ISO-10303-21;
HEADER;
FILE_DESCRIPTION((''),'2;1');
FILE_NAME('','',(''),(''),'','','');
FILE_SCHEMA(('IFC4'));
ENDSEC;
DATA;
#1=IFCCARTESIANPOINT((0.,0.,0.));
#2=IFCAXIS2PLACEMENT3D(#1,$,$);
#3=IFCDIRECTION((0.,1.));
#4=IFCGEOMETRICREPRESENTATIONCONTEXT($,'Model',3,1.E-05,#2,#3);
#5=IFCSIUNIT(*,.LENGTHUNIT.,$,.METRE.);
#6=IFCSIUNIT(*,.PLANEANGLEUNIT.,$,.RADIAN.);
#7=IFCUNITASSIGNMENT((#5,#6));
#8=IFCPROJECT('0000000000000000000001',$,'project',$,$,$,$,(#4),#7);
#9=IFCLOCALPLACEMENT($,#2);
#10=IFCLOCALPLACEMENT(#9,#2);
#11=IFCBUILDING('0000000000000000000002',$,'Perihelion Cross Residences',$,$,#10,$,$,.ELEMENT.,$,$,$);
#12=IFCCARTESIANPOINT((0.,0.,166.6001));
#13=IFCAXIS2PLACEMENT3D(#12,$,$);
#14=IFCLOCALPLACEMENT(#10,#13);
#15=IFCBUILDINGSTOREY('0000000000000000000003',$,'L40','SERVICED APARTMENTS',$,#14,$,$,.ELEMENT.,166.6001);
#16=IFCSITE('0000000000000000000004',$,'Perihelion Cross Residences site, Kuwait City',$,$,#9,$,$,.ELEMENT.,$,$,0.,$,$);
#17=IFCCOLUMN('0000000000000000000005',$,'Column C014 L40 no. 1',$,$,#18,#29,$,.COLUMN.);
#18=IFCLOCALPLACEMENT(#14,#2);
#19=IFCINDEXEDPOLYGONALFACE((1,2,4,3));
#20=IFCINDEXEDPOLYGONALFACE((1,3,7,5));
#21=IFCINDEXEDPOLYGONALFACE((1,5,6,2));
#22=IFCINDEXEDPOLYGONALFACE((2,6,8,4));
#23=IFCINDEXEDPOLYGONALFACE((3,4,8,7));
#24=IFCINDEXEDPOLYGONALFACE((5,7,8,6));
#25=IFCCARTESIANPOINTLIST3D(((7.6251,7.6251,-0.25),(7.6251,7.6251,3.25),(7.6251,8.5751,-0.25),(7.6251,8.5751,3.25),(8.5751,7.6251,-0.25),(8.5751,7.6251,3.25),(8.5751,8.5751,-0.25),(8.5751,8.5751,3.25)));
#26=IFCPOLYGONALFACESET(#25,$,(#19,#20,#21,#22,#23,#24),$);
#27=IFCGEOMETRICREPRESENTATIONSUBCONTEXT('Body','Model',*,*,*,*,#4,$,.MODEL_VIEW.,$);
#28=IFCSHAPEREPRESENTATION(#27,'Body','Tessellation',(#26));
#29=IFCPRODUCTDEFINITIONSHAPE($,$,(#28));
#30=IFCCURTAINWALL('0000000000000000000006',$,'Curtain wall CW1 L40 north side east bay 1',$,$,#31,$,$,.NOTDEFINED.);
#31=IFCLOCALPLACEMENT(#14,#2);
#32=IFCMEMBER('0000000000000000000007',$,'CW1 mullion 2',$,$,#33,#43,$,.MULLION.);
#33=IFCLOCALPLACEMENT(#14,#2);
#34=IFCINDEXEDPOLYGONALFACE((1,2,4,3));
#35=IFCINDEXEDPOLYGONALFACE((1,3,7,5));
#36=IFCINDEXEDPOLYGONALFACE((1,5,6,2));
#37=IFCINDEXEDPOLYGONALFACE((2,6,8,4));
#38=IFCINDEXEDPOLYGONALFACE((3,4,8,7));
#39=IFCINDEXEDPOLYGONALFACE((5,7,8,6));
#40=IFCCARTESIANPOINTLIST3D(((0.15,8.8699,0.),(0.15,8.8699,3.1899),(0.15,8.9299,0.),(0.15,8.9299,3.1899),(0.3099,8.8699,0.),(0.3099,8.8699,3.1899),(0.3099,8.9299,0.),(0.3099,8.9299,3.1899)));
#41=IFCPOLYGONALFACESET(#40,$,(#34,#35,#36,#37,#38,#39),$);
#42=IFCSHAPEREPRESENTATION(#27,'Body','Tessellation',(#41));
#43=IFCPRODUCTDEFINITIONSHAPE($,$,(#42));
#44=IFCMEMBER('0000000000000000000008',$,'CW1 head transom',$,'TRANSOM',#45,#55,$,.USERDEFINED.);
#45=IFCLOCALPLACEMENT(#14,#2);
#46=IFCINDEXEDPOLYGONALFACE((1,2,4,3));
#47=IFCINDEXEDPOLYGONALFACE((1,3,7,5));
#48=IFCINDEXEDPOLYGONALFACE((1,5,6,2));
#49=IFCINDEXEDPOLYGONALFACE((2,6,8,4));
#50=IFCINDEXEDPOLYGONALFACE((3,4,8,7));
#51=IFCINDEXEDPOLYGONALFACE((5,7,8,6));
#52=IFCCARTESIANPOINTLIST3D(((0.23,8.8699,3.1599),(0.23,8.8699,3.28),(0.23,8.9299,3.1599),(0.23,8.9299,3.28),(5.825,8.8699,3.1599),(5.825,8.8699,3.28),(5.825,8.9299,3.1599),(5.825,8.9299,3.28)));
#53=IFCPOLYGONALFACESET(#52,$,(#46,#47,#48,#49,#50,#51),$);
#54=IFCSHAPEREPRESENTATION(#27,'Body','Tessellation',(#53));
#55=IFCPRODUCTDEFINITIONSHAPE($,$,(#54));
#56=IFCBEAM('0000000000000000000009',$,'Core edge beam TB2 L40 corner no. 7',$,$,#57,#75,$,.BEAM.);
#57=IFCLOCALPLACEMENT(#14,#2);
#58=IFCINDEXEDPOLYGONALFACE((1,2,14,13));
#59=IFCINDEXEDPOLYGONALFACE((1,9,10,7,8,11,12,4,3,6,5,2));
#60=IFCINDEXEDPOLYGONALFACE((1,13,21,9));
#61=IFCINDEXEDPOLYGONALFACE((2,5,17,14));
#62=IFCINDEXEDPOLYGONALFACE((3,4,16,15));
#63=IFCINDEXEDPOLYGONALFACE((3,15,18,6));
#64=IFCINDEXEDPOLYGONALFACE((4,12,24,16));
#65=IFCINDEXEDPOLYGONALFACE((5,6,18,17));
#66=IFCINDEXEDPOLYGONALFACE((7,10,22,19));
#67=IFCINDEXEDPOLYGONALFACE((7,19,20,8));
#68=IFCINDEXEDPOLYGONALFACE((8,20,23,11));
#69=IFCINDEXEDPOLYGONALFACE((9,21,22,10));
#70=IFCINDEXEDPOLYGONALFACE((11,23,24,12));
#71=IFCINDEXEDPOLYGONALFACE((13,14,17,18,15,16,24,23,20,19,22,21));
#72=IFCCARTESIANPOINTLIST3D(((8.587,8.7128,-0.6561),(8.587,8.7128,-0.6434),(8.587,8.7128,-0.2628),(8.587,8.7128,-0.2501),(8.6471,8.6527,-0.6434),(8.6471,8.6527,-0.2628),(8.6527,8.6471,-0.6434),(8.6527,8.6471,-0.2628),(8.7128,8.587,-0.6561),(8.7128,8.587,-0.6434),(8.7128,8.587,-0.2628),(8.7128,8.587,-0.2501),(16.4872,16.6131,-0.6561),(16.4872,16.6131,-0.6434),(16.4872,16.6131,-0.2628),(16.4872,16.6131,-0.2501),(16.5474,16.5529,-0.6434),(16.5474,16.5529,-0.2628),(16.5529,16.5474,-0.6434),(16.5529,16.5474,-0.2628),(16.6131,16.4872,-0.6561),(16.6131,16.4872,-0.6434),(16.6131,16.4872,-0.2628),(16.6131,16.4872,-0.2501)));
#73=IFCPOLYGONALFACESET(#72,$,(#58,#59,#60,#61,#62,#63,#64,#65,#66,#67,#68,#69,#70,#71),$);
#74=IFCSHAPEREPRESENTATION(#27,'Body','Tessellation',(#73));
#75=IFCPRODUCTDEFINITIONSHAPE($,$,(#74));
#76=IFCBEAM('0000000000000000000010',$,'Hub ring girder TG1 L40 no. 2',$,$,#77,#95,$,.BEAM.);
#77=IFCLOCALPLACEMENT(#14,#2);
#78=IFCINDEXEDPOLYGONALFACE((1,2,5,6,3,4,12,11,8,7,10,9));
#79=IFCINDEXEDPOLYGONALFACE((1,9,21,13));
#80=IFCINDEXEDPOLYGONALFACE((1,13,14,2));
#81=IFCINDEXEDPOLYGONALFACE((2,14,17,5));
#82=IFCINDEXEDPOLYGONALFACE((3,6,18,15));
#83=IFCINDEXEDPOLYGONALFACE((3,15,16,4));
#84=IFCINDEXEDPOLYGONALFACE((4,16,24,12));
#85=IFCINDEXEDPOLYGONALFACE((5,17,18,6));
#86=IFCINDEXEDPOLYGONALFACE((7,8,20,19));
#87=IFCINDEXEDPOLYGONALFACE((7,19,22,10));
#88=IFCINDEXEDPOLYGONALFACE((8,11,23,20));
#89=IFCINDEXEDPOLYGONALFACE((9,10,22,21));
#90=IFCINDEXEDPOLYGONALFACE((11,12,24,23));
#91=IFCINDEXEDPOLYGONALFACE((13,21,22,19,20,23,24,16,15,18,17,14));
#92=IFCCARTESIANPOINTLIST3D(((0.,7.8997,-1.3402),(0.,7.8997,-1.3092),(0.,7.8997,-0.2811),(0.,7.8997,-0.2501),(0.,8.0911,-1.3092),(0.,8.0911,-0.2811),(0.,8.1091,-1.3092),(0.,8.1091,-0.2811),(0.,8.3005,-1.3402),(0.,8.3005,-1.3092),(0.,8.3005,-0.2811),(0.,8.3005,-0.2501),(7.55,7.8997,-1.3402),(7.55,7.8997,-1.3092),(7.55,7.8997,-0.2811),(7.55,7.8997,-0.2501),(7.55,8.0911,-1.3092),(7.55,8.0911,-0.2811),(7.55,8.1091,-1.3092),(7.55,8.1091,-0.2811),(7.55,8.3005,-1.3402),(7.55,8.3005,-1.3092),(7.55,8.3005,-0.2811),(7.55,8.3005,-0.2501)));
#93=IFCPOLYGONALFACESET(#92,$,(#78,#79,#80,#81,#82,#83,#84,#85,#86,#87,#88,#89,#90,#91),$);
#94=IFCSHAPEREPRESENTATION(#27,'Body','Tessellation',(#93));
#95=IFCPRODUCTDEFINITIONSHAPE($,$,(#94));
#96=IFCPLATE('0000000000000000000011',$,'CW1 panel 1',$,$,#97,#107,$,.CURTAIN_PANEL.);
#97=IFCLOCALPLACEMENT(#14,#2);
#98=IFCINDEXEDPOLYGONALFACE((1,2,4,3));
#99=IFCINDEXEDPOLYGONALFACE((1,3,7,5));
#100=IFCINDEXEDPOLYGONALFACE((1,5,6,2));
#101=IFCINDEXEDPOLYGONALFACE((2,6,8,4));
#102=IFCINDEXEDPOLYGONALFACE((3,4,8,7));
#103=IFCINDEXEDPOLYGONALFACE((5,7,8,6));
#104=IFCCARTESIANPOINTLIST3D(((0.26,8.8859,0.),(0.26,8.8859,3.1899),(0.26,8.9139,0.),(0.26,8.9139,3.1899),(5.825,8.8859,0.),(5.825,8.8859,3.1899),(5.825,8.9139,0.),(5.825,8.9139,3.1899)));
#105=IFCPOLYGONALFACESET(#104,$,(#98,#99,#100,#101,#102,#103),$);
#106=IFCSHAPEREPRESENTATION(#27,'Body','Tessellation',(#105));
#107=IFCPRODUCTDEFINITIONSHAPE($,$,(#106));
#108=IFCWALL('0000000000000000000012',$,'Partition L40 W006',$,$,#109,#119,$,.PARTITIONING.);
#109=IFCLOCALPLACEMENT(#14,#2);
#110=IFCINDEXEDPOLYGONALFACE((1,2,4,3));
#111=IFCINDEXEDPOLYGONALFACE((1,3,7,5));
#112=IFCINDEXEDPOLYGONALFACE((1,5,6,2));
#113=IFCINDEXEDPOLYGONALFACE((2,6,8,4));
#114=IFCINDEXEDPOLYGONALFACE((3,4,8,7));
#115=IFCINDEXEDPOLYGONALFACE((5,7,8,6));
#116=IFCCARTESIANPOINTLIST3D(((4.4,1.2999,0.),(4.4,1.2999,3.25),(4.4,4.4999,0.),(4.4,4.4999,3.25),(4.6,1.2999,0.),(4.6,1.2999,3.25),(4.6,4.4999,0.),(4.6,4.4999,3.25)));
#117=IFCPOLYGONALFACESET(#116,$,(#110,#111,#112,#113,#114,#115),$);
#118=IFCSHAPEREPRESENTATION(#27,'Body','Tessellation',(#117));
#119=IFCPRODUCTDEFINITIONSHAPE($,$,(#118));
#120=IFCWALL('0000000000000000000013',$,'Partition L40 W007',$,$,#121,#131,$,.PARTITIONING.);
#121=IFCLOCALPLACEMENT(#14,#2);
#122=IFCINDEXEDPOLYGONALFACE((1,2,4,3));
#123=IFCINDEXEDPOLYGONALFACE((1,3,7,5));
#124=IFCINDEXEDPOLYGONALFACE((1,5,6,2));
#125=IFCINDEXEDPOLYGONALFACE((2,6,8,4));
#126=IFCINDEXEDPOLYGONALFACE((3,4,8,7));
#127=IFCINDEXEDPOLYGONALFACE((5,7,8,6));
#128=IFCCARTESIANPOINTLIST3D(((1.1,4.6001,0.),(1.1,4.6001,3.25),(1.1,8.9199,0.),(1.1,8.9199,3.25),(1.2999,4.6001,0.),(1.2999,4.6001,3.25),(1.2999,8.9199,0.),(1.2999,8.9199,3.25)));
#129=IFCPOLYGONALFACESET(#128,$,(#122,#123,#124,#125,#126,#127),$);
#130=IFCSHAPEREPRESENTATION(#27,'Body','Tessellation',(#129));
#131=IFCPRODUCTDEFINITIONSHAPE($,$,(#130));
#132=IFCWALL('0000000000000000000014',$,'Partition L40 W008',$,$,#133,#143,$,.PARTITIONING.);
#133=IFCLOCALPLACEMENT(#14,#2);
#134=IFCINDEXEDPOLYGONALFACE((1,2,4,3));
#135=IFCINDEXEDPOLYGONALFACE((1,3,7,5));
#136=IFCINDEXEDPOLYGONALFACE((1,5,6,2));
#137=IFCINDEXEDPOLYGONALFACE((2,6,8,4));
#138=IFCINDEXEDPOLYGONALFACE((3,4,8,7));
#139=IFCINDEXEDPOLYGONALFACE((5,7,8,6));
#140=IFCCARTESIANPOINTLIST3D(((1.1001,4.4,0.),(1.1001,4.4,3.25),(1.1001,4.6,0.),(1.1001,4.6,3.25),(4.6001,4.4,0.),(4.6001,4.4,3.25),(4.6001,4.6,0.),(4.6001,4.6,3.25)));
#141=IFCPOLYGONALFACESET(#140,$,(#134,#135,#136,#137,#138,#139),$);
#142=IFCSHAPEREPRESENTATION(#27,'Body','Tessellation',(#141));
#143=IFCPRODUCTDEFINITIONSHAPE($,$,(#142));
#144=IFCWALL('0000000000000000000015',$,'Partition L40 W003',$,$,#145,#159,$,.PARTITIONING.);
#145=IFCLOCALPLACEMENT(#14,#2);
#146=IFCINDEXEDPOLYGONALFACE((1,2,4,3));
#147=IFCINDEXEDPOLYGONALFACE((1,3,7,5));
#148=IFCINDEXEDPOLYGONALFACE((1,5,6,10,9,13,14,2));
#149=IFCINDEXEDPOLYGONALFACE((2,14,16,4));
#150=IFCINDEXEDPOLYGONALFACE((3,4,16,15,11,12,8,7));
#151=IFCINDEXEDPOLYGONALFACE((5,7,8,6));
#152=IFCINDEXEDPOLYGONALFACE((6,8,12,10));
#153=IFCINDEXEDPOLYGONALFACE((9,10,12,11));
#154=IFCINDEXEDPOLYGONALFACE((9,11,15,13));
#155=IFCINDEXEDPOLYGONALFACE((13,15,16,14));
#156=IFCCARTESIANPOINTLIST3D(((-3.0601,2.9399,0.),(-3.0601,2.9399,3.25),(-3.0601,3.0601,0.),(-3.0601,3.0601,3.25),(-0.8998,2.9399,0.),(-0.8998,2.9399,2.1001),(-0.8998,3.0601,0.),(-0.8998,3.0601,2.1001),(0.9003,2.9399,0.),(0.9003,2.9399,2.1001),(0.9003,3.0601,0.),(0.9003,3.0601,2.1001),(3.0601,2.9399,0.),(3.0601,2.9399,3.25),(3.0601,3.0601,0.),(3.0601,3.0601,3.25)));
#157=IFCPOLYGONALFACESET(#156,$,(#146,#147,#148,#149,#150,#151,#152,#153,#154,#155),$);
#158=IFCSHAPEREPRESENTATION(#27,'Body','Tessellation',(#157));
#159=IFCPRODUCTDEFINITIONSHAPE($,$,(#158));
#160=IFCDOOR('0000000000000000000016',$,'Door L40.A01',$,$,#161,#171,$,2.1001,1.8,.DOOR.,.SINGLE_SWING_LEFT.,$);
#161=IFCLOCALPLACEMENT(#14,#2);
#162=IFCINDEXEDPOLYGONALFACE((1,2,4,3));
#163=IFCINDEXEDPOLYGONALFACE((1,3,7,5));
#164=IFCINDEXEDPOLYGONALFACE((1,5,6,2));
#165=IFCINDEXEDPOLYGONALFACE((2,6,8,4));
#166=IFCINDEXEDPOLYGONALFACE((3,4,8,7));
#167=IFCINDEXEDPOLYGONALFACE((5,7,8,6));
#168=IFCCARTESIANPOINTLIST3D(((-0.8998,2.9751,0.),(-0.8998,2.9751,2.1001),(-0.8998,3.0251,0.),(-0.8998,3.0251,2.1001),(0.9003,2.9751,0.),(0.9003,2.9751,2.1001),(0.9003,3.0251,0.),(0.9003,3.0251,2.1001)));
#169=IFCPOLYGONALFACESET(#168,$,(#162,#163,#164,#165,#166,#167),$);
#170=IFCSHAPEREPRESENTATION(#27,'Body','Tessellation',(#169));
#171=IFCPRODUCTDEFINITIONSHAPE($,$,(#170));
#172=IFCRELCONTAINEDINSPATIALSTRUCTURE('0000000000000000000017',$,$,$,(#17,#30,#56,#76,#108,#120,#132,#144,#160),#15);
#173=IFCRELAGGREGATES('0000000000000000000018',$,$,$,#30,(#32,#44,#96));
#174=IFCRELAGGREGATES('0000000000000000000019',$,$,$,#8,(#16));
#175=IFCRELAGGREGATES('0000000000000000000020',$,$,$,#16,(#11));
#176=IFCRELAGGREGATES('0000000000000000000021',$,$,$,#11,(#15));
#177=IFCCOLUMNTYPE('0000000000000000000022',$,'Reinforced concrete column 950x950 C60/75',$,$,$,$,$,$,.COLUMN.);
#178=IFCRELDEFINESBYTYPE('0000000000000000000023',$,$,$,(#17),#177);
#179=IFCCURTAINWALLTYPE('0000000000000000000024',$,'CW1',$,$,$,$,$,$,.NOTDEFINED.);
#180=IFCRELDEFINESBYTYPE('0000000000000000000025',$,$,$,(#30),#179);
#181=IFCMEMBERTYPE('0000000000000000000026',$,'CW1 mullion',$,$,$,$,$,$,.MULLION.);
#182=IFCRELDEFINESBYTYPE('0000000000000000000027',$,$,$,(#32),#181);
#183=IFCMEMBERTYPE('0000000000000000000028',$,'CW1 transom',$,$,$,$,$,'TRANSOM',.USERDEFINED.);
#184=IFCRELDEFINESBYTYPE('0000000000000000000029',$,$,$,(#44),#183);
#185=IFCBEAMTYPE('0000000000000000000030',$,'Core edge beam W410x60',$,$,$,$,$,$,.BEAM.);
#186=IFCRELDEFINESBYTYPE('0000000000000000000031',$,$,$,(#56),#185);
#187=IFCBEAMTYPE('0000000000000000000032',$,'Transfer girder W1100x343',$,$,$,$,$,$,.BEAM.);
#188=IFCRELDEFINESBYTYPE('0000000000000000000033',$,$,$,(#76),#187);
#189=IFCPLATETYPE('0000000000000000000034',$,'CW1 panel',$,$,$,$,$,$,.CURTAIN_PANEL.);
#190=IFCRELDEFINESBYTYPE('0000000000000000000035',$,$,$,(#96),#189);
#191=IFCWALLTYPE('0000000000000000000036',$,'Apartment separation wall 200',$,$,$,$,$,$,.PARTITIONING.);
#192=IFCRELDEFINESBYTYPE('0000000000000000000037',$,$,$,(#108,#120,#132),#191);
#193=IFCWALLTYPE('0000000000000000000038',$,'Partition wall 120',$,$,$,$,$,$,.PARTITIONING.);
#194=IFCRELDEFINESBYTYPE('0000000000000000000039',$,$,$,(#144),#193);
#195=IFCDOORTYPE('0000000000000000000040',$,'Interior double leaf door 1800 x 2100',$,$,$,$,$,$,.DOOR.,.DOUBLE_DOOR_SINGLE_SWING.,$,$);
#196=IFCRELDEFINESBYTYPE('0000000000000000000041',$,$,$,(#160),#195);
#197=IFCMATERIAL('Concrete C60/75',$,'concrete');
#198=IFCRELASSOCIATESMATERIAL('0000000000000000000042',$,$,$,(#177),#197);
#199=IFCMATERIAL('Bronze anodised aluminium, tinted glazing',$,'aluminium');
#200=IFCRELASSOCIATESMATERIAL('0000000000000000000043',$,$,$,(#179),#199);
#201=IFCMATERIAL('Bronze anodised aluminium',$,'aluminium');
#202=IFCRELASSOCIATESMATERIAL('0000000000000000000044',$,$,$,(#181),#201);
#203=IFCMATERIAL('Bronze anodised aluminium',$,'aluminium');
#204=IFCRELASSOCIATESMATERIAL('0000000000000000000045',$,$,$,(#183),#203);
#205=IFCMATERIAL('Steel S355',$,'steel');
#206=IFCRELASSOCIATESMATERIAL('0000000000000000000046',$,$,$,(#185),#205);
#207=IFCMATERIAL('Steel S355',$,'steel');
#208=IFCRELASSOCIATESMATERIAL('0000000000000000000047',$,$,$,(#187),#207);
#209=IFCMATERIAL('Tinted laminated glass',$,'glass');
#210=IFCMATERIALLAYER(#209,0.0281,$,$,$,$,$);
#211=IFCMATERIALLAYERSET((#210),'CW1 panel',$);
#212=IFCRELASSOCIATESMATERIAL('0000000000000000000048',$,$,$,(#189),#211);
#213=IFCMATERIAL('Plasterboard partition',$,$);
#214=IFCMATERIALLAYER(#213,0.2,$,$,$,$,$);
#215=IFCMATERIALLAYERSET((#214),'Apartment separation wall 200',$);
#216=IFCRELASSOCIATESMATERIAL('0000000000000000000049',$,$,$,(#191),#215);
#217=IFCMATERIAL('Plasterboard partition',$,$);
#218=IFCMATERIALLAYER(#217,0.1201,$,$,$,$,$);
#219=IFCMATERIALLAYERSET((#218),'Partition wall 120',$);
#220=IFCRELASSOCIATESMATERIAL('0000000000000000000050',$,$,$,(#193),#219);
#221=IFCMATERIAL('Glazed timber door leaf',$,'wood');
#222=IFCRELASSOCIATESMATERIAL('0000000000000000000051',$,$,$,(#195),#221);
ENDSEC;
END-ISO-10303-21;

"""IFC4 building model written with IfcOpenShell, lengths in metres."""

from ifc_helpers import new_model, si_unit, direction, frame, frame_2d, origin, origin_2d, place, context, subcontext, project, spatial, rectangle, i_section, extrude, material, layer, layer_set, material_profile, profile_set, type_object, element, fill, aggregate, save


model = new_model("IFC4")

# Units and contexts
model_context = context("Model", 3, precision=1e-05, world=origin(), true_north=direction((0.0, 1.0)))
body_context = subcontext(model_context, "Body", "Model", "MODEL_VIEW")
ifc_project = project(units=[si_unit("LENGTHUNIT", "METRE"), si_unit("PLANEANGLEUNIT", "RADIAN")], contexts=[model_context])

# Site, building, storey
site_placement = place(None, origin())
site = spatial("IfcSite", under=ifc_project, at=site_placement, Name="Perihelion Cross Residences site, Kuwait City", CompositionType="ELEMENT", RefElevation=0.0)
building_placement = place(site_placement, origin())
building = spatial("IfcBuilding", under=site, at=building_placement, Name="Perihelion Cross Residences", CompositionType="ELEMENT")
storey_placement = place(building_placement, frame((0.0, 0.0, 166.6001)))
storey = spatial("IfcBuildingStorey", under=building, at=storey_placement, Name="L40", Description="SERVICED APARTMENTS", CompositionType="ELEMENT", Elevation=166.6001)

# Column
ifc_material_1 = material(Name="Concrete C60/75", Category="concrete")
ifc_material_profile_1 = material_profile(ifc_material_1, rectangle(XDim=0.95, YDim=0.95, at=origin_2d()), Name="RC 950x950")
ifc_profile_set_1 = profile_set([ifc_material_profile_1], Name="Concrete C60/75")
column_type = type_object("IfcColumnType", Name="Reinforced concrete column 950x950 C60/75", PredefinedType="COLUMN", material=ifc_profile_set_1)
column_placement = place(storey_placement, frame((8.1001, 8.1001, -0.25), z_axis=(0.0, 0.0, 1.0), x_axis=(1.0, 0.0, 0.0)))
element("IfcColumn", 1, at=column_placement, inside=storey, type_object=column_type, Name="Column C014 L40 no. 1", PredefinedType="COLUMN", context=body_context, shape_type="SweptSolid", body=[
    extrude(rectangle(XDim=0.95, YDim=0.95, at=origin_2d()), origin(), (0.0, 0.0, 1.0), 3.5),
])

# Curtain wall, members
ifc_material_2 = material(Name="Bronze anodised aluminium, tinted glazing", Category="aluminium")
curtain_wall_type = type_object("IfcCurtainWallType", Name="CW1", PredefinedType="NOTDEFINED", material=ifc_material_2)
curtain_wall_placement = place(storey_placement, origin())
curtain_wall = element("IfcCurtainWall", 2, at=curtain_wall_placement, inside=storey, type_object=curtain_wall_type, Name="Curtain wall CW1 L40 north side east bay 1", PredefinedType="NOTDEFINED")
ifc_material_3 = material(Name="Bronze anodised aluminium", Category="aluminium")
ifc_material_profile_2 = material_profile(ifc_material_3, rectangle(XDim=0.0601, YDim=0.1599, at=origin_2d()), Name="CW1 mullion")
ifc_profile_set_2 = profile_set([ifc_material_profile_2], Name="Bronze anodised aluminium")
member_type_1 = type_object("IfcMemberType", Name="CW1 mullion", PredefinedType="MULLION", material=ifc_profile_set_2)
member_1_placement = place(storey_placement, frame((0.23, 8.8999, 0.0), z_axis=(0.0, 0.0, 1.0), x_axis=(0.0, -1.0, 0.0)))
member_1 = element("IfcMember", 3, at=member_1_placement, type_object=member_type_1, Name="CW1 mullion 2", PredefinedType="MULLION", context=body_context, shape_type="SweptSolid", body=[
    extrude(rectangle(XDim=0.0601, YDim=0.1599, at=origin_2d()), origin(), (0.0, 0.0, 1.0), 3.1899),
])
ifc_material_4 = material(Name="Bronze anodised aluminium", Category="aluminium")
ifc_material_profile_3 = material_profile(ifc_material_4, rectangle(XDim=0.0601, YDim=0.1201, at=origin_2d()), Name="CW1 transom")
ifc_profile_set_3 = profile_set([ifc_material_profile_3], Name="Bronze anodised aluminium")
member_type_2 = type_object("IfcMemberType", Name="CW1 transom", ElementType="TRANSOM", PredefinedType="USERDEFINED", material=ifc_profile_set_3)
member_2_placement = place(storey_placement, frame((5.825, 8.8999, 3.22), z_axis=(-1.0, 0.0, 0.0), x_axis=(0.0, -1.0, 0.0)))
member_2 = element("IfcMember", 4, at=member_2_placement, type_object=member_type_2, Name="CW1 head transom", ObjectType="TRANSOM", PredefinedType="USERDEFINED", context=body_context, shape_type="SweptSolid", body=[
    extrude(rectangle(XDim=0.0601, YDim=0.1201, at=origin_2d()), origin(), (0.0, 0.0, 1.0), 5.595),
])

# Beams
ifc_material_5 = material(Name="Steel S355", Category="steel")
ifc_material_profile_4 = material_profile(ifc_material_5, i_section(OverallWidth=0.178, OverallDepth=0.406, WebThickness=0.0078, FlangeThickness=0.0127, at=origin_2d()), Name="W410x60")
ifc_profile_set_4 = profile_set([ifc_material_profile_4], Name="Steel S355")
beam_type_1 = type_object("IfcBeamType", Name="Core edge beam W410x60", PredefinedType="BEAM", material=ifc_profile_set_4)
beam_1_placement = place(storey_placement, frame((8.6499, 8.6499, -0.4531), z_axis=(0.707107, 0.707107, 0.0), x_axis=(-0.707107, 0.707107, 0.0)))
element("IfcBeam", 5, at=beam_1_placement, inside=storey, type_object=beam_type_1, Name="Core edge beam TB2 L40 corner no. 7", PredefinedType="BEAM", context=body_context, shape_type="SweptSolid", body=[
    extrude(i_section(OverallWidth=0.178, OverallDepth=0.406, WebThickness=0.0078, FlangeThickness=0.0127, at=origin_2d()), origin(), (0.0, 0.0, 1.0), 11.1726),
])
ifc_material_6 = material(Name="Steel S355", Category="steel")
ifc_material_profile_5 = material_profile(ifc_material_6, i_section(OverallWidth=0.4009, OverallDepth=1.0901, WebThickness=0.0181, FlangeThickness=0.031, at=origin_2d()), Name="W1100x343")
ifc_profile_set_5 = profile_set([ifc_material_profile_5], Name="Steel S355")
beam_type_2 = type_object("IfcBeamType", Name="Transfer girder W1100x343", PredefinedType="BEAM", material=ifc_profile_set_5)
beam_2_placement = place(storey_placement, frame((7.55, 8.1001, -0.7952), z_axis=(-1.0, 0.0, 0.0), x_axis=(0.0, -1.0, 0.0)))
element("IfcBeam", 6, at=beam_2_placement, inside=storey, type_object=beam_type_2, Name="Hub ring girder TG1 L40 no. 2", PredefinedType="BEAM", context=body_context, shape_type="SweptSolid", body=[
    extrude(i_section(OverallWidth=0.4009, OverallDepth=1.0901, WebThickness=0.0181, FlangeThickness=0.031, at=origin_2d()), origin(), (0.0, 0.0, 1.0), 7.55),
])

# Plate
ifc_material_7 = material(Name="Tinted laminated glass", Category="glass")
ifc_layer_1 = layer(ifc_material_7, 0.0281)
ifc_layer_set_1 = layer_set([ifc_layer_1], Name="CW1 panel")
plate_type = type_object("IfcPlateType", Name="CW1 panel", PredefinedType="CURTAIN_PANEL", material=ifc_layer_set_1)
plate_placement = place(storey_placement, frame((3.0425, 8.8999, 0.0), z_axis=(0.0, 0.0, 1.0), x_axis=(-1.0, 0.0, 0.0)))
plate = element("IfcPlate", 7, at=plate_placement, type_object=plate_type, Name="CW1 panel 1", PredefinedType="CURTAIN_PANEL", context=body_context, shape_type="SweptSolid", body=[
    extrude(rectangle(XDim=5.5649, YDim=0.0281, at=origin_2d()), origin(), (0.0, 0.0, 1.0), 3.1899),
])
aggregate(curtain_wall, [member_1, member_2, plate])

# Walls
ifc_material_8 = material(Name="Plasterboard partition")
ifc_layer_2 = layer(ifc_material_8, 0.2)
ifc_layer_set_2 = layer_set([ifc_layer_2], Name="Apartment separation wall 200")
wall_type_1 = type_object("IfcWallType", Name="Apartment separation wall 200", PredefinedType="PARTITIONING", material=ifc_layer_set_2)
wall_1_placement = place(storey_placement, frame((4.5, 4.5, 0.0), z_axis=(0.0, 0.0, 1.0), x_axis=(0.0, -1.0, 0.0)))
element("IfcWall", 8, at=wall_1_placement, inside=storey, type_object=wall_type_1, Name="Partition L40 W006", PredefinedType="PARTITIONING", context=body_context, shape_type="SweptSolid", body=[
    extrude(rectangle(XDim=3.2, YDim=0.2, at=frame_2d((1.6001, 0.0))), origin(), (0.0, 0.0, 1.0), 3.25),
])
wall_2_placement = place(storey_placement, frame((1.2, 8.9199, 0.0), z_axis=(0.0, 0.0, 1.0), x_axis=(0.0, -1.0, 0.0)))
element("IfcWall", 9, at=wall_2_placement, inside=storey, type_object=wall_type_1, Name="Partition L40 W007", PredefinedType="PARTITIONING", context=body_context, shape_type="SweptSolid", body=[
    extrude(rectangle(XDim=4.3198, YDim=0.2, at=frame_2d((2.1599, 0.0))), origin(), (0.0, 0.0, 1.0), 3.25),
])
wall_3_placement = place(storey_placement, frame((1.1001, 4.5, 0.0), z_axis=(0.0, 0.0, 1.0), x_axis=(1.0, 0.0, 0.0)))
element("IfcWall", 10, at=wall_3_placement, inside=storey, type_object=wall_type_1, Name="Partition L40 W008", PredefinedType="PARTITIONING", context=body_context, shape_type="SweptSolid", body=[
    extrude(rectangle(XDim=3.5, YDim=0.2, at=frame_2d((1.75, 0.0))), origin(), (0.0, 0.0, 1.0), 3.25),
])

# Wall, opening, door
ifc_material_9 = material(Name="Plasterboard partition")
ifc_layer_3 = layer(ifc_material_9, 0.1201)
ifc_layer_set_3 = layer_set([ifc_layer_3], Name="Partition wall 120")
wall_type_2 = type_object("IfcWallType", Name="Partition wall 120", PredefinedType="PARTITIONING", material=ifc_layer_set_3)
wall_4_placement = place(storey_placement, frame((3.0601, 3.0, 0.0), z_axis=(0.0, 0.0, 1.0), x_axis=(-1.0, 0.0, 0.0)))
wall_4 = element("IfcWall", 11, at=wall_4_placement, inside=storey, type_object=wall_type_2, Name="Partition L40 W003", PredefinedType="PARTITIONING", context=body_context, shape_type="SweptSolid", body=[
    extrude(rectangle(XDim=6.1201, YDim=0.1201, at=frame_2d((3.0601, 0.0))), origin(), (0.0, 0.0, 1.0), 3.25),
])
opening_1_placement = place(wall_4_placement, frame((2.1599, 0.0, 0.0)))
opening_1 = element("IfcOpeningElement", 12, at=opening_1_placement, cuts=wall_4, PredefinedType="OPENING", context=body_context, shape_type="SweptSolid", body=[
    extrude(rectangle(XDim=1.8, YDim=2.1001, at=frame_2d((0.8999, 1.05))), frame((0.0, 0.0701, 0.0), z_axis=(0.0, -1.0, 0.0), x_axis=(1.0, 0.0, 0.0)), (0.0, 0.0, 1.0), 0.1401),
])
ifc_material_10 = material(Name="Glazed timber door leaf", Category="wood")
door_type_1 = type_object("IfcDoorType", Name="Interior double leaf door 1800 x 2100", OperationType="DOUBLE_DOOR_SINGLE_SWING", PredefinedType="DOOR", material=ifc_material_10)
door_1_placement = place(opening_1_placement, origin())
door_1 = element("IfcDoor", 13, at=door_1_placement, inside=storey, type_object=door_type_1, Name="Door L40.A01", OperationType="SINGLE_SWING_LEFT", OverallHeight=2.1001, OverallWidth=1.8, PredefinedType="DOOR", context=body_context, shape_type="SweptSolid", body=[
    extrude(rectangle(XDim=1.8, YDim=2.1001, at=frame_2d((0.8999, 1.05))), frame((0.0, 0.0249, 0.0), z_axis=(0.0, -1.0, 0.0), x_axis=(1.0, 0.0, 0.0)), (0.0, 0.0, 1.0), 0.05),
])
fill(opening_1, door_1)

save(model, "model.ifc")
